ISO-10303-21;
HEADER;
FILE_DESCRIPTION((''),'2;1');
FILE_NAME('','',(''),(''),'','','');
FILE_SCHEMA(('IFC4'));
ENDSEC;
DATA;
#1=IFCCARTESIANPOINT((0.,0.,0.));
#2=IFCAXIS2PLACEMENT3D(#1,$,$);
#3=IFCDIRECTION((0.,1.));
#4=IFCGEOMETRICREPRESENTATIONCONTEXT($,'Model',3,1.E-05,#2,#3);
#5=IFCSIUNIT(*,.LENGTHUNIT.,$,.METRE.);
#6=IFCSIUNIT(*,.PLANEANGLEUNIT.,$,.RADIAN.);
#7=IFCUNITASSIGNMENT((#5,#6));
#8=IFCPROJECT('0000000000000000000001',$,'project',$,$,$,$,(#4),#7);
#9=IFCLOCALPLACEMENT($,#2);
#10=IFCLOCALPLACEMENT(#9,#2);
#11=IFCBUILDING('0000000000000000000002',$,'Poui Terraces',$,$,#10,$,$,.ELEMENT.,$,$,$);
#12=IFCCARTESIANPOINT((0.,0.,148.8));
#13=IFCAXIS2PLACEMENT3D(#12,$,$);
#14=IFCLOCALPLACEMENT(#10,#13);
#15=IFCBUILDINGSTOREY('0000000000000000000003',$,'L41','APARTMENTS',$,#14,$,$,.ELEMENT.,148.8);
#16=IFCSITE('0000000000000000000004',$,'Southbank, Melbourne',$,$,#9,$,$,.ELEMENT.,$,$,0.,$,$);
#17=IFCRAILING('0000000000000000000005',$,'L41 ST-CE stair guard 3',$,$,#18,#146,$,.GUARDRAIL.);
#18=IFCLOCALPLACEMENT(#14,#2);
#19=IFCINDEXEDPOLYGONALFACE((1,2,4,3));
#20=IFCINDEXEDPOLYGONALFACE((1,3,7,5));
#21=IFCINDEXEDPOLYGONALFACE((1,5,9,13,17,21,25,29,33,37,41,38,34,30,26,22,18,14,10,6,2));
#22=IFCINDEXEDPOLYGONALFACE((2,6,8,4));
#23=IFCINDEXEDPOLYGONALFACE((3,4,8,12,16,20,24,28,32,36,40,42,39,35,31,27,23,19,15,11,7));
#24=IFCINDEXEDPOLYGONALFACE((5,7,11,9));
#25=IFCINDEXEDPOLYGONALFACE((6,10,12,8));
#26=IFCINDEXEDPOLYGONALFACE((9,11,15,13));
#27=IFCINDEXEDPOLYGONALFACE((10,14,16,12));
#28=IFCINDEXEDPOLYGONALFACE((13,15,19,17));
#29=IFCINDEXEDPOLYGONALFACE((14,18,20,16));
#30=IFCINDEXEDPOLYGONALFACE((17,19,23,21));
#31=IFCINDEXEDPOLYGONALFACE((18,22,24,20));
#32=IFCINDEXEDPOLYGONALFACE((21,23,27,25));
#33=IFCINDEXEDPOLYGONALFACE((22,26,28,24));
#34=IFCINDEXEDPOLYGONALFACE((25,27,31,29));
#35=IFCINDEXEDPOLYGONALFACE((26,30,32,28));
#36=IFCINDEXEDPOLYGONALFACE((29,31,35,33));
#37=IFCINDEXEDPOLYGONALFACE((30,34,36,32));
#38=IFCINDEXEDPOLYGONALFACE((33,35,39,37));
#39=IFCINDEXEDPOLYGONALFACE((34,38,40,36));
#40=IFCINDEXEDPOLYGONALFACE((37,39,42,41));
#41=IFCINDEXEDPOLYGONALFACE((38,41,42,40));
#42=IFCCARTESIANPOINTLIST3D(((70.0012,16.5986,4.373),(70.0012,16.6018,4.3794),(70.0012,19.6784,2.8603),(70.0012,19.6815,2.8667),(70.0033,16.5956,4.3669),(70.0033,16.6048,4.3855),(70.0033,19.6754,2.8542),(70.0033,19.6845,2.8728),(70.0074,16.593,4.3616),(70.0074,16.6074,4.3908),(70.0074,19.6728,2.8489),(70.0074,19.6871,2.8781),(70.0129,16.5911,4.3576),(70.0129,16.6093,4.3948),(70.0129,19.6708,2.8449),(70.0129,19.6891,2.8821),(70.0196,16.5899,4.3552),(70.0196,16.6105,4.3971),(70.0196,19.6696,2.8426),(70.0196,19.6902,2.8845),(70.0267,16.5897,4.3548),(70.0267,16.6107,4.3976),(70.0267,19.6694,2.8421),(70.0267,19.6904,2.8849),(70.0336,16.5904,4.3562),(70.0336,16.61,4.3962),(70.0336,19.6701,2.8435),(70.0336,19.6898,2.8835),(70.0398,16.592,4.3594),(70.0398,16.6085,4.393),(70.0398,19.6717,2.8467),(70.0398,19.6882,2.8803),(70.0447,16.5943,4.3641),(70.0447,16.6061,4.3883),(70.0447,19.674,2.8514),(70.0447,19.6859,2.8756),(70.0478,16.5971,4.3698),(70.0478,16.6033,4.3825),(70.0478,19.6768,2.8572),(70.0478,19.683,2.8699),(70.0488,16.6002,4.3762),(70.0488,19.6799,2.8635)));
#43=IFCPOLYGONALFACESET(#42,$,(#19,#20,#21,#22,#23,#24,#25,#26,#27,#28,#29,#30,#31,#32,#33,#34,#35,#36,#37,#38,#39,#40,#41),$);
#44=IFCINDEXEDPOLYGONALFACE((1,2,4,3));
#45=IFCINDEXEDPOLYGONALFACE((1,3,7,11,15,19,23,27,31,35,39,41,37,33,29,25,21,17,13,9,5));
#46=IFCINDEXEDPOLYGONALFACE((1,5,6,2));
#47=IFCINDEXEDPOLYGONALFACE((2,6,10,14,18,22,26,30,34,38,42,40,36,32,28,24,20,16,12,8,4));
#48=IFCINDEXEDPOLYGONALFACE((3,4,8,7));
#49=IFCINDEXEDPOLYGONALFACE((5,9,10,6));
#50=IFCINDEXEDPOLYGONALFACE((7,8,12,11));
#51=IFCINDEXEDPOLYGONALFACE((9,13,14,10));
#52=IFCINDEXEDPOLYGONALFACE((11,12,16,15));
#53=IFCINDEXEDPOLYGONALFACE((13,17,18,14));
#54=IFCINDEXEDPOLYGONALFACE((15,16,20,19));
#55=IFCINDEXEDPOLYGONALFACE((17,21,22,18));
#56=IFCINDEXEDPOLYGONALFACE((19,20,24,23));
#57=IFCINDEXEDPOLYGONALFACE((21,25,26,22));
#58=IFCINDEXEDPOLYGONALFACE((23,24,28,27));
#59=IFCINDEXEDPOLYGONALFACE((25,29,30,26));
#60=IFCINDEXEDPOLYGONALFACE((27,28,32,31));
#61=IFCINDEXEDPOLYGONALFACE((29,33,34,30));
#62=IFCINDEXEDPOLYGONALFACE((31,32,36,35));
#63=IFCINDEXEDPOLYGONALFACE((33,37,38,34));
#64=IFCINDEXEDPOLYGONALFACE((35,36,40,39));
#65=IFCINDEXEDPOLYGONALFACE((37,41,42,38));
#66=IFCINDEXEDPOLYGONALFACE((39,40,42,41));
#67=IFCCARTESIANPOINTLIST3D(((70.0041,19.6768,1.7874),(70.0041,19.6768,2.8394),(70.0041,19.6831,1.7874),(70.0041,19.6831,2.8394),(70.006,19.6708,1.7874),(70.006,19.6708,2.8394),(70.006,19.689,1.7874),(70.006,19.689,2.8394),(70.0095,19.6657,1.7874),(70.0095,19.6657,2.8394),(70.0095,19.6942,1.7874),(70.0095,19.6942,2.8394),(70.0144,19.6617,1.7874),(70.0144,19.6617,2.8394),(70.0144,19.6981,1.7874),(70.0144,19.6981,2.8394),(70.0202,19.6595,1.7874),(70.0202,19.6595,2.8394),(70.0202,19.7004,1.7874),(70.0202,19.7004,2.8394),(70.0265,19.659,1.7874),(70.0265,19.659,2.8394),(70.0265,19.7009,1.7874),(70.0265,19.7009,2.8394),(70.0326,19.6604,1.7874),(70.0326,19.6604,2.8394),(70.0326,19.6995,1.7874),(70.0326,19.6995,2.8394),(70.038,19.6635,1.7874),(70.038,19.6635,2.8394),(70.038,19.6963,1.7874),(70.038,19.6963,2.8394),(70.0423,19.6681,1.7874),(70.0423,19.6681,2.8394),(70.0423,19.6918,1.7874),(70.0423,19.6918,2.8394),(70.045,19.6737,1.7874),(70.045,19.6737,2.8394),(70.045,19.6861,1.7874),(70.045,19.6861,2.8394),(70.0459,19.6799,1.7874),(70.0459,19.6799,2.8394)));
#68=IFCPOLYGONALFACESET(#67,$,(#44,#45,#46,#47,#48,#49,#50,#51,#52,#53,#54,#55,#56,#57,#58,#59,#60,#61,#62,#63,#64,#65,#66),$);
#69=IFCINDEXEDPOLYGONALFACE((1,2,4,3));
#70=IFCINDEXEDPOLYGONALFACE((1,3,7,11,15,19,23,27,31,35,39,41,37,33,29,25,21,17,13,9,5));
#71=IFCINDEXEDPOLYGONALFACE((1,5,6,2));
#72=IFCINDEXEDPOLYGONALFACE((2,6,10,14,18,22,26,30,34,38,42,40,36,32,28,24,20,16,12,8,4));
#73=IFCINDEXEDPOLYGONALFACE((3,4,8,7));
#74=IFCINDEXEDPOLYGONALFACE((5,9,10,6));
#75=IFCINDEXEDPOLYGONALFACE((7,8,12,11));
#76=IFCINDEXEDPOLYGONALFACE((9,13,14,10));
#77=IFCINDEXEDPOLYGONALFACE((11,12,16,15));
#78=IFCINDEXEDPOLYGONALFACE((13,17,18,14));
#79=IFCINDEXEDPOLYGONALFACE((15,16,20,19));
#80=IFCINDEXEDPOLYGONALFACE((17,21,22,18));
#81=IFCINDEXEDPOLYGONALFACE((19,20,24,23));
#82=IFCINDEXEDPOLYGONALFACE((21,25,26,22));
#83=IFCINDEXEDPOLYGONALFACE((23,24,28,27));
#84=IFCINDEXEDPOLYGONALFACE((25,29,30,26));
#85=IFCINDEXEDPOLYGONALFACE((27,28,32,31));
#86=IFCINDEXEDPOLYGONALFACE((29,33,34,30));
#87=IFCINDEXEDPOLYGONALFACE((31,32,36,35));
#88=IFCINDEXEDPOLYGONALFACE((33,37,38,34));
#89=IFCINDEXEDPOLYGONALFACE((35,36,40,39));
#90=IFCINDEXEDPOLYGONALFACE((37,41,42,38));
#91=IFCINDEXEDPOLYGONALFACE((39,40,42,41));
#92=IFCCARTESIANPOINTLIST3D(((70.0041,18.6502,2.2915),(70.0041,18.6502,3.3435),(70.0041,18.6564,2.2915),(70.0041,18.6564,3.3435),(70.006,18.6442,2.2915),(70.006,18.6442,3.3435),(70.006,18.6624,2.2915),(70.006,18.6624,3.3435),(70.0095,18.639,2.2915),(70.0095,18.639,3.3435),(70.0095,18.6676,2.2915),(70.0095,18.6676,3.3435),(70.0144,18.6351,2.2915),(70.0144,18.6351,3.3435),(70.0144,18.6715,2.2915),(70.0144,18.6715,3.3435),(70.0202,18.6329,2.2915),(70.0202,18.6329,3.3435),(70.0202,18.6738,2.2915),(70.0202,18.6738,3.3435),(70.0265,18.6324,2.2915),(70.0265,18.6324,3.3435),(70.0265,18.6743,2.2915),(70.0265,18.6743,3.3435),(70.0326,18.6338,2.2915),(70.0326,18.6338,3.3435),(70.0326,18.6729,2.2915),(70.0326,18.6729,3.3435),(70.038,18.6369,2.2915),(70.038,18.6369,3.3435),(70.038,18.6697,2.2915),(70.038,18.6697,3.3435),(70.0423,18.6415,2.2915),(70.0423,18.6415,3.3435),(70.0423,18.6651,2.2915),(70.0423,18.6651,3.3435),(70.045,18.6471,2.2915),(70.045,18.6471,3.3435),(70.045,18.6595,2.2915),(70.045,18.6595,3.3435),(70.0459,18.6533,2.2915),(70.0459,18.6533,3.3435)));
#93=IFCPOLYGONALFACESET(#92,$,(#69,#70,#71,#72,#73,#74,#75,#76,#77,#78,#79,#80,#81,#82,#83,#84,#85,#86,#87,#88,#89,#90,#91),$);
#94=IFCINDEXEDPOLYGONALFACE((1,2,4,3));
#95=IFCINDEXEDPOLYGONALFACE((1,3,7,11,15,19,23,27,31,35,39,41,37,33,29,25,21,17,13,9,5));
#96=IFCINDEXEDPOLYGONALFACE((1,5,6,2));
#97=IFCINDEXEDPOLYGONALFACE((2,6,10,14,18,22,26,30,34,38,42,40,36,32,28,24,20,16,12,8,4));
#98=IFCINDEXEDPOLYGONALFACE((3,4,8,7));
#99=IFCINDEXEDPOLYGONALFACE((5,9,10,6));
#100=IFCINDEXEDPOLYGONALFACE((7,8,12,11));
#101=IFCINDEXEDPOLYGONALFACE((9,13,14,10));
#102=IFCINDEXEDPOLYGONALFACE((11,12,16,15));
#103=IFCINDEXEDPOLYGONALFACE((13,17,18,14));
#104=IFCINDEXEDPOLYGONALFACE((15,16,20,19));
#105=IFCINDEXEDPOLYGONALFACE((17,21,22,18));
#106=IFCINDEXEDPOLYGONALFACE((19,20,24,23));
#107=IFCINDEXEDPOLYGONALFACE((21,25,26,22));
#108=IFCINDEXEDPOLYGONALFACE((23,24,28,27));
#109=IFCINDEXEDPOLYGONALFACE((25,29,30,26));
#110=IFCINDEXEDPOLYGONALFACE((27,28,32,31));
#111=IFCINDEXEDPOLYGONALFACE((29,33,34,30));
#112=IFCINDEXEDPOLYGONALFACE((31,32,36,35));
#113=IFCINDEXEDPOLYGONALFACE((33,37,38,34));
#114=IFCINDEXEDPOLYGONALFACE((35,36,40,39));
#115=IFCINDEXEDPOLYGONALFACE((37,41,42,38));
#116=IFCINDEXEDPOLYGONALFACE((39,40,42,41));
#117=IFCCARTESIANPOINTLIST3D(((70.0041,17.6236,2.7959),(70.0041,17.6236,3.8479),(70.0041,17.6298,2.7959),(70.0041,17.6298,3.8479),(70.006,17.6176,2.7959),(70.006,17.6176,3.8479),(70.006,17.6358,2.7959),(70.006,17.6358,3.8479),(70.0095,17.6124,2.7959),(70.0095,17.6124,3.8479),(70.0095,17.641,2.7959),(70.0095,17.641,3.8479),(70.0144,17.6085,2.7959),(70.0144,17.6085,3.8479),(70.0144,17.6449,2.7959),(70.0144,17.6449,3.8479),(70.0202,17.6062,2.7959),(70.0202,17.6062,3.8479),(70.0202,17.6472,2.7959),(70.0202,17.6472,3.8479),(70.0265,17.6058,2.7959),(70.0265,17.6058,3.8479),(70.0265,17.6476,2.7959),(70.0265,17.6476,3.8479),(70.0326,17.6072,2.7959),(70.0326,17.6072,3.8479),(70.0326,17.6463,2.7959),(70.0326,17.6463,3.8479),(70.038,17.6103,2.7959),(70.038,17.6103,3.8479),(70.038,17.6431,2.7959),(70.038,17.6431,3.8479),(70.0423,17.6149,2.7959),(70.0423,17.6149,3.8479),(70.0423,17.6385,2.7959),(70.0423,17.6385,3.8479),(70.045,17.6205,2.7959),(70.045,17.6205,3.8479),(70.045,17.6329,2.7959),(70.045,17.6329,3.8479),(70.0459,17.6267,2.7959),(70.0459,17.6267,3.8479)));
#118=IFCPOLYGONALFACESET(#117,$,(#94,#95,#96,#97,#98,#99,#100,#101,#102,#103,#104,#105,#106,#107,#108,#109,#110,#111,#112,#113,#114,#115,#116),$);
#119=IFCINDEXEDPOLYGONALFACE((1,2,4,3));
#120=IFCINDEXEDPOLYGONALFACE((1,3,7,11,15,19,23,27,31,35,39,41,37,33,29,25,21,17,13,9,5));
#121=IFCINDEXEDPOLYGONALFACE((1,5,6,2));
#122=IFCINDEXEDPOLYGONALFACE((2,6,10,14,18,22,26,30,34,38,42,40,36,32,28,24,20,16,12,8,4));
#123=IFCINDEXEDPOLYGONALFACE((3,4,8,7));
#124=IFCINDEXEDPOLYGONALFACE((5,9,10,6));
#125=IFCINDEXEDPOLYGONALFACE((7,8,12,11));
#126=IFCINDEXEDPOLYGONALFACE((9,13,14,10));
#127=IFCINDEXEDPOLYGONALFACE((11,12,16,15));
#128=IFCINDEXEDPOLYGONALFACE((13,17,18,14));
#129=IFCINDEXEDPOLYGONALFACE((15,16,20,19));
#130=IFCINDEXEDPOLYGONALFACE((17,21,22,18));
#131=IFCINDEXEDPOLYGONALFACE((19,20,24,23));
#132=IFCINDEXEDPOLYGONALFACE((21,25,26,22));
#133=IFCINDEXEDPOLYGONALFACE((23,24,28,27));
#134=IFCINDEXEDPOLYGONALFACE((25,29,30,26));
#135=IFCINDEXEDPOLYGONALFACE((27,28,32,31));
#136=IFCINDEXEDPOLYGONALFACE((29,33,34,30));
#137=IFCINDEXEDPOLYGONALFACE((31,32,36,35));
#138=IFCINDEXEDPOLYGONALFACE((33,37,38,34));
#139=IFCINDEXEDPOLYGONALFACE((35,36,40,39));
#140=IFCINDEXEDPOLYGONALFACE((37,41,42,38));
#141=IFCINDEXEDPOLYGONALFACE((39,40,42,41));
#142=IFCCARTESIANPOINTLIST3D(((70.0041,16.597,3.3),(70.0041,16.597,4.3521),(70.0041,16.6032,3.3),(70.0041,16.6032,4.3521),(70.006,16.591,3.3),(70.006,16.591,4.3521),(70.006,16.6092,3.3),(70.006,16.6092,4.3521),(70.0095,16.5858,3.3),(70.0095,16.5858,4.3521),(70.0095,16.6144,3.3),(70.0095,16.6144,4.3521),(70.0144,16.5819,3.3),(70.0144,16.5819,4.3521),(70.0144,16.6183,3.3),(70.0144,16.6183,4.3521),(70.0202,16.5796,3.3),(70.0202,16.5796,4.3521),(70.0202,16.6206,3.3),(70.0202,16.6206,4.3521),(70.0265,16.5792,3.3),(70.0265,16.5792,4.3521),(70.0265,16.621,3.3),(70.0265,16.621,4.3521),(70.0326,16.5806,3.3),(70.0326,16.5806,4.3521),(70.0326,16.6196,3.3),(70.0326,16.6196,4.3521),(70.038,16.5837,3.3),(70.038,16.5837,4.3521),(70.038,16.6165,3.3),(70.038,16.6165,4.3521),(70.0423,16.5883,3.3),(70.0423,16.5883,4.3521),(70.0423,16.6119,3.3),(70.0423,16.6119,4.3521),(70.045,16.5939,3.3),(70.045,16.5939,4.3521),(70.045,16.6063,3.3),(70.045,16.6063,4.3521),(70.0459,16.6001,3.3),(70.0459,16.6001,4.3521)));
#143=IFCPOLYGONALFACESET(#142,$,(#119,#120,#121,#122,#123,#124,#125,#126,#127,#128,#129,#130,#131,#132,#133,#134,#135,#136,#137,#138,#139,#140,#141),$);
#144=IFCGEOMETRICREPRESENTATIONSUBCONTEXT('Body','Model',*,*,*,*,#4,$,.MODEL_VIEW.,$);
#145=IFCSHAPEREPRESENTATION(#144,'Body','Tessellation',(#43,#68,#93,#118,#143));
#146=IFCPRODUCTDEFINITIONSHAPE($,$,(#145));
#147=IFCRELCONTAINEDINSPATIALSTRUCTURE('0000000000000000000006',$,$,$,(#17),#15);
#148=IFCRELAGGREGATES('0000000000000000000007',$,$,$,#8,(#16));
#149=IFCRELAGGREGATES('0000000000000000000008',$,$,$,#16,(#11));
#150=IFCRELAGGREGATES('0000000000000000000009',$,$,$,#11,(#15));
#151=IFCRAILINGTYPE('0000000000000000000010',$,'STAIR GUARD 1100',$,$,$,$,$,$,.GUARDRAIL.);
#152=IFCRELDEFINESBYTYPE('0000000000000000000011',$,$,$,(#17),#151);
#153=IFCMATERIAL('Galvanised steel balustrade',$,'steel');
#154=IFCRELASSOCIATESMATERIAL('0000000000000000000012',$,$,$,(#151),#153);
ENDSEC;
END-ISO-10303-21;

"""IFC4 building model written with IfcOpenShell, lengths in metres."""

from ifc_helpers import new_model, si_unit, direction, frame, origin, origin_2d, place, context, subcontext, project, spatial, circle, extrude, material, type_object, element, save


model = new_model("IFC4")

# Units and contexts
model_context = context("Model", 3, precision=1e-05, world=origin(), true_north=direction((0.0, 1.0)))
body_context = subcontext(model_context, "Body", "Model", "MODEL_VIEW")
ifc_project = project(units=[si_unit("LENGTHUNIT", "METRE"), si_unit("PLANEANGLEUNIT", "RADIAN")], contexts=[model_context])

# Site, building, storey
site_placement = place(None, origin())
site = spatial("IfcSite", under=ifc_project, at=site_placement, Name="Southbank, Melbourne", CompositionType="ELEMENT", RefElevation=0.0)
building_placement = place(site_placement, origin())
building = spatial("IfcBuilding", under=site, at=building_placement, Name="Poui Terraces", CompositionType="ELEMENT")
storey_placement = place(building_placement, frame((0.0, 0.0, 148.8)))
storey = spatial("IfcBuildingStorey", under=building, at=storey_placement, Name="L41", Description="APARTMENTS", CompositionType="ELEMENT", Elevation=148.8)

# Railing
ifc_material_1 = material(Name="Galvanised steel balustrade", Category="steel")
railing_type_1 = type_object("IfcRailingType", Name="STAIR GUARD 1100", PredefinedType="GUARDRAIL", material=ifc_material_1)
railing_1_placement = place(storey_placement, frame((70.0249, 19.6799, 1.7874)))
element("IfcRailing", 1, at=railing_1_placement, inside=storey, type_object=railing_type_1, Name="L41 ST-CE stair guard 3", PredefinedType="GUARDRAIL", context=body_context, shape_type="SweptSolid", body=[
    extrude(circle(Radius=0.0239, at=origin_2d()), frame((0.0, 0.0, 1.0762), z_axis=(0.0, -0.897578, 0.440856), x_axis=(1.0, 0.0, 0.0)), (0.0, 0.0, 1.0), 3.4312),
    extrude(circle(Radius=0.021, at=origin_2d()), origin(), (0.0, 0.0, 1.0), 1.052),
    extrude(circle(Radius=0.021, at=origin_2d()), frame((0.0, -1.0266, 0.5042)), (0.0, 0.0, 1.0), 1.052),
    extrude(circle(Radius=0.021, at=origin_2d()), frame((0.0, -2.0532, 1.0085)), (0.0, 0.0, 1.0), 1.052),
    extrude(circle(Radius=0.021, at=origin_2d()), frame((0.0, -3.0798, 1.5127)), (0.0, 0.0, 1.0), 1.052),
])

save(model, "model.ifc")
